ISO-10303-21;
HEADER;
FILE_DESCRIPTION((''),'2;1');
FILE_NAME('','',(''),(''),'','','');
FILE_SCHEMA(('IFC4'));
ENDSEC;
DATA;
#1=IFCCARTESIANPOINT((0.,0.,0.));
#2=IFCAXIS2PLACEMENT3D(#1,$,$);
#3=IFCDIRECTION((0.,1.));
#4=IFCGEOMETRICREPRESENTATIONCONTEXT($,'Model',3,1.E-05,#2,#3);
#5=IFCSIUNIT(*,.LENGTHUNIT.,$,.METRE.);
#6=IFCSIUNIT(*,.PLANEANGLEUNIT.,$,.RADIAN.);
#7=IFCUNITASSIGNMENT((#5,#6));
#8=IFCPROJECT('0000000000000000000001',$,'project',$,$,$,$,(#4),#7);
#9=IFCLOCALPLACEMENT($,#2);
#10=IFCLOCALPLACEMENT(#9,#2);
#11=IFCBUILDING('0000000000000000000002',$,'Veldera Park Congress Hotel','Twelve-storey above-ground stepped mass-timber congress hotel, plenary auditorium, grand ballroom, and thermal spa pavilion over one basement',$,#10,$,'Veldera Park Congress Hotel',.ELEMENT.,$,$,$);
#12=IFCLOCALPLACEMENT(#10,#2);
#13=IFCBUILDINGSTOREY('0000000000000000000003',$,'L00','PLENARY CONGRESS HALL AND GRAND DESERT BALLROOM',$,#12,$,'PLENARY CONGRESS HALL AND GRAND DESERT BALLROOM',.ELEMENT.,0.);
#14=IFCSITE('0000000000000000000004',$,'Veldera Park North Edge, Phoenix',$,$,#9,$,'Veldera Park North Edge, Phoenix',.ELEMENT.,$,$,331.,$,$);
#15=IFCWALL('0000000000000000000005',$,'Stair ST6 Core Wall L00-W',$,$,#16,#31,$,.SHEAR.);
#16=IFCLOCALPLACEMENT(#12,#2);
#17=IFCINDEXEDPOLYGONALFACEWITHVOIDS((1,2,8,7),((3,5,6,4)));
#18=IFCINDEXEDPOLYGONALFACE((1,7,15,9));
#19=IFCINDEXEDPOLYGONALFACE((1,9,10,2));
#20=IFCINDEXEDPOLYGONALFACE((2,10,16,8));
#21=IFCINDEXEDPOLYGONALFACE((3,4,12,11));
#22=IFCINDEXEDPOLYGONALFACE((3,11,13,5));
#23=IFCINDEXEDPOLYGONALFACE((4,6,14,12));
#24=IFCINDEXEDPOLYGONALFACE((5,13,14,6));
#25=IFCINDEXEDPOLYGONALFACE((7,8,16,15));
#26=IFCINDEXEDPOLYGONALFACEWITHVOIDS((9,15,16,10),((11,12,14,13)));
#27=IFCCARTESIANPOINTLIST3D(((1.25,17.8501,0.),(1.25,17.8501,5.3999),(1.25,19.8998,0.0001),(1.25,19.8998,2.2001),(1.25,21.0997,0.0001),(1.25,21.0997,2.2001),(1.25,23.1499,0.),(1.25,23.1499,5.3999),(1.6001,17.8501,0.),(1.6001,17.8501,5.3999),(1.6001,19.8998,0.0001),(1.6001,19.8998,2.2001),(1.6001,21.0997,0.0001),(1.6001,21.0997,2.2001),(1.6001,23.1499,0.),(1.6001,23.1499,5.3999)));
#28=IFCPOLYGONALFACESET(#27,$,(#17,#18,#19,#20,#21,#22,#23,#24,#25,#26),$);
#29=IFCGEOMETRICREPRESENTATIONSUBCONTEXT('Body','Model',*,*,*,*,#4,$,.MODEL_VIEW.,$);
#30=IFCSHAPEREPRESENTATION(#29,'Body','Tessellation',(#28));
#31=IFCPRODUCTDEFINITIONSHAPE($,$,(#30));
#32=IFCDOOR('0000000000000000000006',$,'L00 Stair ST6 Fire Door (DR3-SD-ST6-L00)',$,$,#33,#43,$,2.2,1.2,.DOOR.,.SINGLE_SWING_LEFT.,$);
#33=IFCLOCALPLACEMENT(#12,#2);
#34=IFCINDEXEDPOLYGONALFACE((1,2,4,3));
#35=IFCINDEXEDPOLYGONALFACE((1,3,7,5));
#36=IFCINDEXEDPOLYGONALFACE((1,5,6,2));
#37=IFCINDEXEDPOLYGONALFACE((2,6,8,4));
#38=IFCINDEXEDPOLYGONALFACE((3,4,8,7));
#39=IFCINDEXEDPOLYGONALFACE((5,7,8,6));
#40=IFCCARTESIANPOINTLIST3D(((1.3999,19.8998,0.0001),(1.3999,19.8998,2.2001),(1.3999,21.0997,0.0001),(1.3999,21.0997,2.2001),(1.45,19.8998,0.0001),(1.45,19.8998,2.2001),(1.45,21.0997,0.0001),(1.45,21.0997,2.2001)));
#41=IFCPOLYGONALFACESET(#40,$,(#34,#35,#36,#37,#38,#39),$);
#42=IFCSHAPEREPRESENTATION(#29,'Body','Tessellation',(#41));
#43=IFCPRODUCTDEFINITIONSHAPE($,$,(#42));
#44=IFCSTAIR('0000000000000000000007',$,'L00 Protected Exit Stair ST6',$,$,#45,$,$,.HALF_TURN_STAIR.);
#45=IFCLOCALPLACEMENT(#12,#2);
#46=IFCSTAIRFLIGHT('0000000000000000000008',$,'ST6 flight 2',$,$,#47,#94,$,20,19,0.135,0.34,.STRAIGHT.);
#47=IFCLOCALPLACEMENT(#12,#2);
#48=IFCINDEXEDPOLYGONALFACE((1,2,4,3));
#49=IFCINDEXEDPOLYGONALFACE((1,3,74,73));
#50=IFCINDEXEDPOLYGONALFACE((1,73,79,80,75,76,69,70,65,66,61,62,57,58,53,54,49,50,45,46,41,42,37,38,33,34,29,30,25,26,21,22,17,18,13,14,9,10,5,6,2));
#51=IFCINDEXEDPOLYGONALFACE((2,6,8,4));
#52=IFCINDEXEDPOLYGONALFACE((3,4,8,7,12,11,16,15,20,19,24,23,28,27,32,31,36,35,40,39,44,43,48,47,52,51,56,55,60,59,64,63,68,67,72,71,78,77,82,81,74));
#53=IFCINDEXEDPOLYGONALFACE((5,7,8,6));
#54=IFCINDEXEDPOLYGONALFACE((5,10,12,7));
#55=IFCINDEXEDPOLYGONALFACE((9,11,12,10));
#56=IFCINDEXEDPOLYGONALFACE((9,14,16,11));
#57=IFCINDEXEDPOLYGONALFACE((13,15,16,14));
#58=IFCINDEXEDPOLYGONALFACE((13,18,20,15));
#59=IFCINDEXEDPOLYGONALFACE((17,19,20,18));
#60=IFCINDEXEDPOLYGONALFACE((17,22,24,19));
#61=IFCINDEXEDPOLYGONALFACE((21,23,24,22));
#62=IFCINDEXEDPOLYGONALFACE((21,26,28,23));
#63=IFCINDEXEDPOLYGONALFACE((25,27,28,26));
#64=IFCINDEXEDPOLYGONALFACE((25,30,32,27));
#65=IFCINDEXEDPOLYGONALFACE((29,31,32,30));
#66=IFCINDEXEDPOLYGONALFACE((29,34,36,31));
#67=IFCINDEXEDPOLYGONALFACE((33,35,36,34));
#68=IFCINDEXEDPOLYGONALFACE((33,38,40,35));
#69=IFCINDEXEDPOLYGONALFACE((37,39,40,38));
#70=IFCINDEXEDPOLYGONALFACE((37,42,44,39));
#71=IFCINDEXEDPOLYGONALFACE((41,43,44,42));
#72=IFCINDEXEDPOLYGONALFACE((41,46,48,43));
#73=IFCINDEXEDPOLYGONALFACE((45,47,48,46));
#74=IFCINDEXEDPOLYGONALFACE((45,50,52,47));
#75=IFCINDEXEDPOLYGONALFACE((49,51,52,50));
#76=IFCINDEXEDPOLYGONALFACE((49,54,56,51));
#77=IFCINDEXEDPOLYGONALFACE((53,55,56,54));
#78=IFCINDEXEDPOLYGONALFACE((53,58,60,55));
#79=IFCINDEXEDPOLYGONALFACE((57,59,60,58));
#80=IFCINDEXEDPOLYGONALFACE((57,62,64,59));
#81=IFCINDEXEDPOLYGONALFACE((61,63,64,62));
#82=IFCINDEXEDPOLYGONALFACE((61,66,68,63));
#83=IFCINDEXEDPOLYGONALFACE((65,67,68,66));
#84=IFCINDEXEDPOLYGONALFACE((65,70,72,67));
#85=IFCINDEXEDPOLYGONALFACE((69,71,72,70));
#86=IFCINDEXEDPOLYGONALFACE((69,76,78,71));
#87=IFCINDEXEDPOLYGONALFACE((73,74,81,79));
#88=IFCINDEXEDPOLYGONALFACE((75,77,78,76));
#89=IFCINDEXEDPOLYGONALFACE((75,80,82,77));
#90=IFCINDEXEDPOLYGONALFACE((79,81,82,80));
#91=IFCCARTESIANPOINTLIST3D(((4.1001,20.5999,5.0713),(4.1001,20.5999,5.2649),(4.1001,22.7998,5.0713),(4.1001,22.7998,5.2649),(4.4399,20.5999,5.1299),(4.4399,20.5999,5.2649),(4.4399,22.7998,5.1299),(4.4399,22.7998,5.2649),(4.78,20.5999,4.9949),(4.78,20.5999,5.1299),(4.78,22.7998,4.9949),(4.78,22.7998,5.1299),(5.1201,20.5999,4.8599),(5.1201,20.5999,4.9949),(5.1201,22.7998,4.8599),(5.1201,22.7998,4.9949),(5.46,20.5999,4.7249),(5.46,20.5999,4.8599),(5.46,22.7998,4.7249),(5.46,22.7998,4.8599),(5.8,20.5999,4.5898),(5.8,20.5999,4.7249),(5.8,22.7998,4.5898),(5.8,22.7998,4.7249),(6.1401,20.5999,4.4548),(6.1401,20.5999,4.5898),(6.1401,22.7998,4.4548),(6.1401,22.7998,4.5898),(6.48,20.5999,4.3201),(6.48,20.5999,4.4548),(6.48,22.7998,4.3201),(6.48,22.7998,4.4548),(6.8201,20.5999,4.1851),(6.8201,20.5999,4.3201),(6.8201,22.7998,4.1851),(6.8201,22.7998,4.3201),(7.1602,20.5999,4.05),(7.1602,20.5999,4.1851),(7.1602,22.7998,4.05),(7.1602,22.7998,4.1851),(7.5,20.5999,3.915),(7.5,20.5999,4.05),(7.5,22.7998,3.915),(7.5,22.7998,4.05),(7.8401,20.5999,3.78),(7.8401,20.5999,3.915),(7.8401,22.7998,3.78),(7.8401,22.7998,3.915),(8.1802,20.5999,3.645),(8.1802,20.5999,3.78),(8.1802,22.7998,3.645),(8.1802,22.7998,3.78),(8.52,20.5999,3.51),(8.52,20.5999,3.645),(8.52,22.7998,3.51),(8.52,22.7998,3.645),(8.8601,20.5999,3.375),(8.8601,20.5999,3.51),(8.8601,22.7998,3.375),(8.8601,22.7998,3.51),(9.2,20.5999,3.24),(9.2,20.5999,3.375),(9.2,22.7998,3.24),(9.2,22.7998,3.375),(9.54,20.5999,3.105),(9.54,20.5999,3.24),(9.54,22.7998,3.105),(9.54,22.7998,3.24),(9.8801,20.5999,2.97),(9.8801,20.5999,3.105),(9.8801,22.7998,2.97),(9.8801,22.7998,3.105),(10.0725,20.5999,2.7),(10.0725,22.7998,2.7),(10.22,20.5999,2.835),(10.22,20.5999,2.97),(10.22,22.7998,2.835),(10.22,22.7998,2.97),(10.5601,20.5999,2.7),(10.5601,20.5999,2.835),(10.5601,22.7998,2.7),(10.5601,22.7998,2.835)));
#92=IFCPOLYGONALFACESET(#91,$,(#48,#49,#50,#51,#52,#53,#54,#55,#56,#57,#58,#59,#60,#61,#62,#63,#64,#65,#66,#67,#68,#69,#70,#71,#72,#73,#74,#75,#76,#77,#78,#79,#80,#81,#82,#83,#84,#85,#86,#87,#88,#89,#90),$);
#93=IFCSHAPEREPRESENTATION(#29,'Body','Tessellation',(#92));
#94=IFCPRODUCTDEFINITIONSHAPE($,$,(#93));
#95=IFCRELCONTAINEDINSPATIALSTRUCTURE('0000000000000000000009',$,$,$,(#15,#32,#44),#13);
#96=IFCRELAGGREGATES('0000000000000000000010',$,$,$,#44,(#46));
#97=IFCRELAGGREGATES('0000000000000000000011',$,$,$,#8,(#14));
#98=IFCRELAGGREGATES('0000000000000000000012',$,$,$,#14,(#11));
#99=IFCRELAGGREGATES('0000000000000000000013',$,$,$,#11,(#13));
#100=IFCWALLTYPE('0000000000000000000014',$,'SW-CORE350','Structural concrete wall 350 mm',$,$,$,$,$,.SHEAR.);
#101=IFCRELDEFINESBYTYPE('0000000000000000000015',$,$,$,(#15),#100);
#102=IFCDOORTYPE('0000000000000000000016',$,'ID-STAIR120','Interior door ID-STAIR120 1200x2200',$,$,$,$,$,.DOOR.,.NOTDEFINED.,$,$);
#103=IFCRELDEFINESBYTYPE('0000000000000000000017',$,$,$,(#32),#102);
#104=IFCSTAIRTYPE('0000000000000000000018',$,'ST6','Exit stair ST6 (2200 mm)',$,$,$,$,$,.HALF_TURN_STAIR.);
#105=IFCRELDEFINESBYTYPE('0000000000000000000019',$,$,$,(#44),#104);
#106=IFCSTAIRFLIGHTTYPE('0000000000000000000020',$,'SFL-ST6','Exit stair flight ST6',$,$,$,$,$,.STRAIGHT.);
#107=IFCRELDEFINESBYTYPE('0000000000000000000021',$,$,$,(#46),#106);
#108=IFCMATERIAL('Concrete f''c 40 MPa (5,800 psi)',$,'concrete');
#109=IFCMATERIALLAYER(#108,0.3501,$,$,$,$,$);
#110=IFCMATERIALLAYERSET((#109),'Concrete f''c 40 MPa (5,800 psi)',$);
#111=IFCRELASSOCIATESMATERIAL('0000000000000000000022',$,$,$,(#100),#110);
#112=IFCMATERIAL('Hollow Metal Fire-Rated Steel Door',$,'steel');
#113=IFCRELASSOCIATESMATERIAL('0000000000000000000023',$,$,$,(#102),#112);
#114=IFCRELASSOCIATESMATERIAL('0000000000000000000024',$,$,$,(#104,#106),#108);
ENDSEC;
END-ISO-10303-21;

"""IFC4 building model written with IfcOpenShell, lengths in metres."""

from ifc_helpers import new_model, si_unit, direction, frame, frame_2d, origin, place, context, subcontext, project, spatial, polyline, rectangle, outline, extrude, material, layer, layer_set, type_object, element, fill, aggregate, save


model = new_model("IFC4")

# Units and contexts
model_context = context("Model", 3, precision=1e-05, world=origin(), true_north=direction((0.0, 1.0)))
body_context = subcontext(model_context, "Body", "Model", "MODEL_VIEW")
ifc_project = project(units=[si_unit("LENGTHUNIT", "METRE"), si_unit("PLANEANGLEUNIT", "RADIAN")], contexts=[model_context])

# Site, building, storey
site_placement = place(None, origin())
site = spatial("IfcSite", under=ifc_project, at=site_placement, Name="Veldera Park North Edge, Phoenix", LongName="Veldera Park North Edge, Phoenix", CompositionType="ELEMENT", RefElevation=331.0)
building_placement = place(site_placement, origin())
building = spatial("IfcBuilding", under=site, at=building_placement, Name="Veldera Park Congress Hotel", Description="Twelve-storey above-ground stepped mass-timber congress hotel, plenary auditorium, grand ballroom, and thermal spa pavilion over one basement", LongName="Veldera Park Congress Hotel", CompositionType="ELEMENT")
storey_placement = place(building_placement, origin())
storey = spatial("IfcBuildingStorey", under=building, at=storey_placement, Name="L00", Description="PLENARY CONGRESS HALL AND GRAND DESERT BALLROOM", LongName="PLENARY CONGRESS HALL AND GRAND DESERT BALLROOM", CompositionType="ELEMENT", Elevation=0.0)

# Shared definitions
ifc_material_1 = material(Name="Concrete f'c 40 MPa (5,800 psi)", Category="concrete")

# Shared definitions
ifc_layer_1 = layer(ifc_material_1, 0.3501)
ifc_layer_set_1 = layer_set([ifc_layer_1], Name="Concrete f'c 40 MPa (5,800 psi)")
wall_type_1 = type_object("IfcWallType", Name="SW-CORE350", Description="Structural concrete wall 350 mm", PredefinedType="SHEAR", material=ifc_layer_set_1)

# Wall, opening, door
wall_1_placement = place(storey_placement, frame((1.425, 23.1499, 0.0), z_axis=(0.0, 0.0, 1.0), x_axis=(0.0, -1.0, 0.0)))
wall_1 = element("IfcWall", 1, at=wall_1_placement, inside=storey, type_object=wall_type_1, Name="Stair ST6 Core Wall L00-W", PredefinedType="SHEAR", context=body_context, shape_type="SweptSolid", body=[
    extrude(rectangle(XDim=5.2998, YDim=0.3501, at=frame_2d((2.6499, 0.0))), origin(), (0.0, 0.0, 1.0), 5.3999),
])
opening_1_placement = place(wall_1_placement, frame((2.05, 0.0, 0.0)))
opening_1 = element("IfcOpeningElement", 2, at=opening_1_placement, cuts=wall_1, PredefinedType="OPENING", context=body_context, shape_type="SweptSolid", body=[
    extrude(rectangle(XDim=1.2, YDim=2.2, at=frame_2d((0.6001, 1.1001))), frame((0.0, 0.187, 0.0), z_axis=(0.0, -1.0, 0.0), x_axis=(1.0, 0.0, 0.0)), (0.0, 0.0, 1.0), 0.374),
])
ifc_material_2 = material(Name="Hollow Metal Fire-Rated Steel Door", Category="steel")
door_type_1 = type_object("IfcDoorType", Name="ID-STAIR120", Description="Interior door ID-STAIR120 1200x2200", OperationType="NOTDEFINED", PredefinedType="DOOR", material=ifc_material_2)
door_1_placement = place(opening_1_placement, origin())
door_1 = element("IfcDoor", 3, at=door_1_placement, inside=storey, type_object=door_type_1, Name="L00 Stair ST6 Fire Door (DR3-SD-ST6-L00)", OperationType="SINGLE_SWING_LEFT", OverallHeight=2.2, OverallWidth=1.2, PredefinedType="DOOR", context=body_context, shape_type="SweptSolid", body=[
    extrude(rectangle(XDim=1.2, YDim=2.2, at=frame_2d((0.6001, 1.1001))), frame((0.0, 0.0249, 0.0), z_axis=(0.0, -1.0, 0.0), x_axis=(1.0, 0.0, 0.0)), (0.0, 0.0, 1.0), 0.05),
])
fill(opening_1, door_1)

# Stair, stair flight
stair_type = type_object("IfcStairType", Name="ST6", Description="Exit stair ST6 (2200 mm)", PredefinedType="HALF_TURN_STAIR", material=ifc_material_1)
stair_placement = place(storey_placement, origin())
stair = element("IfcStair", 4, at=stair_placement, inside=storey, type_object=stair_type, Name="L00 Protected Exit Stair ST6", PredefinedType="HALF_TURN_STAIR")
stair_flight_type = type_object("IfcStairFlightType", Name="SFL-ST6", Description="Exit stair flight ST6", PredefinedType="STRAIGHT", material=ifc_material_1)
stair_flight_placement = place(storey_placement, frame((10.5601, 21.7, 2.7), z_axis=(0.0, 0.0, 1.0), x_axis=(-1.0, 0.0, 0.0)))
stair_flight = element("IfcStairFlight", 5, at=stair_flight_placement, type_object=stair_flight_type, Name="ST6 flight 2", NumberOfRisers=20, NumberOfTreads=19, PredefinedType="STRAIGHT", RiserHeight=0.135, TreadLength=0.34, context=body_context, shape_type="SweptSolid", body=[
    extrude(outline(polyline([(0.0, 0.0), (0.0, 0.135), (0.3401, 0.135), (0.3401, 0.27), (0.6799, 0.27), (0.6799, 0.405), (1.02, 0.405), (1.02, 0.54), (1.3601, 0.54), (1.3601, 0.675), (1.7, 0.675), (1.7, 0.8101), (2.04, 0.8101), (2.04, 0.9451), (2.3799, 0.9451), (2.3799, 1.0801), (2.72, 1.0801), (2.72, 1.2151), (3.0601, 1.2151), (3.0601, 1.3501), (3.3999, 1.3501), (3.3999, 1.4851), (3.74, 1.4851), (3.74, 1.6201), (4.0801, 1.6201), (4.0801, 1.7549), (4.4199, 1.7549), (4.4199, 1.8899), (4.76, 1.8899), (4.76, 2.0249), (5.1001, 2.0249), (5.1001, 2.1599), (5.4399, 2.1599), (5.4399, 2.2949), (5.78, 2.2949), (5.78, 2.4299), (6.1201, 2.4299), (6.1201, 2.5649), (6.46, 2.5649), (6.46, 2.7), (6.46, 2.7), (6.46, 2.3713), (0.4875, 0.0), (0.0, 0.0)])), frame((0.0, 1.1001, 0.0), z_axis=(0.0, -1.0, 0.0), x_axis=(1.0, 0.0, 0.0)), (0.0, 0.0, 1.0), 2.2),
])
aggregate(stair, [stair_flight])

save(model, "model.ifc")
